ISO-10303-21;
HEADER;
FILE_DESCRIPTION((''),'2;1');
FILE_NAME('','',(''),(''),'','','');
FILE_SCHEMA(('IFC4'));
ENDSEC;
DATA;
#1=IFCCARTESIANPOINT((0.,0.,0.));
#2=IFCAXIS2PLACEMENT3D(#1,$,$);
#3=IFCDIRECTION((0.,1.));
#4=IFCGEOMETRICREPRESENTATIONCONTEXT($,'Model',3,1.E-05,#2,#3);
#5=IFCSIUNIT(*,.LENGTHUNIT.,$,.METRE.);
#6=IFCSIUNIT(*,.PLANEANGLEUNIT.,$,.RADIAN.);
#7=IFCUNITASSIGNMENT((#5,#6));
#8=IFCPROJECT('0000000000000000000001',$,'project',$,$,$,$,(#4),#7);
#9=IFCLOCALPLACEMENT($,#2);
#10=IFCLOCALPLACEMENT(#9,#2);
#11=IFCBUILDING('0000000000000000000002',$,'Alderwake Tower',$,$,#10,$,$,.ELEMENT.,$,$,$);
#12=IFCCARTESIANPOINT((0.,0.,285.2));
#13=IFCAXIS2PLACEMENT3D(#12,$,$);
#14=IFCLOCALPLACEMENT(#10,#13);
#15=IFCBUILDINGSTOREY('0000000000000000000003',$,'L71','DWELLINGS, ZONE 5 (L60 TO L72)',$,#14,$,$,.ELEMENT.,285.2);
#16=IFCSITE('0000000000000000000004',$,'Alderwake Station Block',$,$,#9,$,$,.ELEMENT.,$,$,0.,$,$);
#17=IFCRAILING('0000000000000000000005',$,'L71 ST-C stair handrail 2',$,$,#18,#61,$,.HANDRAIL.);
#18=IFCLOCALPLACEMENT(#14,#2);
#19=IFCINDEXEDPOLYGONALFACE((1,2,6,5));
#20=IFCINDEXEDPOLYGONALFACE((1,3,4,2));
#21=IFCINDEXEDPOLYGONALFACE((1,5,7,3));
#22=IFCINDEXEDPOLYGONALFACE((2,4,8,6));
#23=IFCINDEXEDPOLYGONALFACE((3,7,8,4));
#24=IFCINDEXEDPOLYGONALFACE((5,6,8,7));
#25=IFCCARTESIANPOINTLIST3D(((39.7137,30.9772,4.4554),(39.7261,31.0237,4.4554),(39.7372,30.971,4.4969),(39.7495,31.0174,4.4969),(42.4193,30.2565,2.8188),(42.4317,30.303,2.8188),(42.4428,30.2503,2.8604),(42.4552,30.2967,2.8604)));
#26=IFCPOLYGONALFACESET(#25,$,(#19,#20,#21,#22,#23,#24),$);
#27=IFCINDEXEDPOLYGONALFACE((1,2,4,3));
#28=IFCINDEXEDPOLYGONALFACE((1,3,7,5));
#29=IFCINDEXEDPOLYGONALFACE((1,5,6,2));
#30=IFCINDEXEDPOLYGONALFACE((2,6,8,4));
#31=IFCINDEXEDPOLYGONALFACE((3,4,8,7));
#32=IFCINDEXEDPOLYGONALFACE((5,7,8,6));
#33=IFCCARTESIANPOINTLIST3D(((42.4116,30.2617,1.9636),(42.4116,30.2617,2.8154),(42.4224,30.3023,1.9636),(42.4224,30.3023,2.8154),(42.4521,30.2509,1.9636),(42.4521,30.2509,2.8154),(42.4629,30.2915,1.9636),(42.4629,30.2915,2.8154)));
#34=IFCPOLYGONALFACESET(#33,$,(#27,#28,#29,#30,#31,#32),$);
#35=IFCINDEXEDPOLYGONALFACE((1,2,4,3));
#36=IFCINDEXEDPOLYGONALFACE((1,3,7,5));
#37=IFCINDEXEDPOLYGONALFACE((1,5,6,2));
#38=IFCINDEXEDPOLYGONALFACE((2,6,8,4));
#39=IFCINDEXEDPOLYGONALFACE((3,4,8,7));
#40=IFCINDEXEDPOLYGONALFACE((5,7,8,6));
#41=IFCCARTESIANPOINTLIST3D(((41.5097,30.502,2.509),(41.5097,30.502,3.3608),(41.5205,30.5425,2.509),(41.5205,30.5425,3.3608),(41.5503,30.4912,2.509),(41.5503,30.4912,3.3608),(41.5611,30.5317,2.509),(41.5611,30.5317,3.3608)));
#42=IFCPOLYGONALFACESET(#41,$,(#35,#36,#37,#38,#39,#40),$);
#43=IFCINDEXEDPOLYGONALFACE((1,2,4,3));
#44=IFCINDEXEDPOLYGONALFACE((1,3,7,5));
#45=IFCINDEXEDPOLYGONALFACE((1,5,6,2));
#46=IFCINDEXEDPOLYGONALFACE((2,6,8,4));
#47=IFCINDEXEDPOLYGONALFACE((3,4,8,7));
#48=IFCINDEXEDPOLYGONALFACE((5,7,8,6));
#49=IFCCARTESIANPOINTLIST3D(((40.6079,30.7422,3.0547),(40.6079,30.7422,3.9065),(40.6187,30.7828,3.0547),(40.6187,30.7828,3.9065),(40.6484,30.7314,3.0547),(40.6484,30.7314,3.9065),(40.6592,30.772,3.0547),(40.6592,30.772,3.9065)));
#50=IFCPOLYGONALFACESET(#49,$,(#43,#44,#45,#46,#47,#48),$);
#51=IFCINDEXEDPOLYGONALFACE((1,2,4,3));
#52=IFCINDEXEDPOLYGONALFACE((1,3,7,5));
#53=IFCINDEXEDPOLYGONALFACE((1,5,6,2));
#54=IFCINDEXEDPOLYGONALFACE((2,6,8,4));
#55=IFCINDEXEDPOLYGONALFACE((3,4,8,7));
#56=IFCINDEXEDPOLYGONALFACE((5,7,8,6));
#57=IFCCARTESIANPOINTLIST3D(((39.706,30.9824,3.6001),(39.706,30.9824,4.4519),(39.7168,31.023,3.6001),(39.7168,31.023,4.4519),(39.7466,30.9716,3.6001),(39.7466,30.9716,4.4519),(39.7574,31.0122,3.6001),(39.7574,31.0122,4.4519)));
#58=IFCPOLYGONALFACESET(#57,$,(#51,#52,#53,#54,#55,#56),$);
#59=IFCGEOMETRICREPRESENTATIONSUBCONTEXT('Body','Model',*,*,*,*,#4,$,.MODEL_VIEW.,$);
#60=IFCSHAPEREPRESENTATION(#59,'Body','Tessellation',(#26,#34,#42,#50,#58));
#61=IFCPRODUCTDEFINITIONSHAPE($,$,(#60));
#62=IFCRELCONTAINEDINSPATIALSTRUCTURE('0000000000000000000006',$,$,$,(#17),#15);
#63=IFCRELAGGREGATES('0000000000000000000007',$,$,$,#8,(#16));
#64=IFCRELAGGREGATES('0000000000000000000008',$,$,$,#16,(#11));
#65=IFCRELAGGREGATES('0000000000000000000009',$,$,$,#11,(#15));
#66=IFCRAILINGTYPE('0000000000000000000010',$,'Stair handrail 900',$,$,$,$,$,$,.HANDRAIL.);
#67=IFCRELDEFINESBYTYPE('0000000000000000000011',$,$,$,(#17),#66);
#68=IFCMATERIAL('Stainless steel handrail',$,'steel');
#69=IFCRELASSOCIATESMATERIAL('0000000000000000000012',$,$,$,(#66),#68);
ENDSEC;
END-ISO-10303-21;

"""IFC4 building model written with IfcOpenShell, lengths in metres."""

from ifc_helpers import new_model, si_unit, direction, frame, origin, origin_2d, place, context, subcontext, project, spatial, rectangle, extrude, material, type_object, element, save


model = new_model("IFC4")

# Units and contexts
model_context = context("Model", 3, precision=1e-05, world=origin(), true_north=direction((0.0, 1.0)))
body_context = subcontext(model_context, "Body", "Model", "MODEL_VIEW")
ifc_project = project(units=[si_unit("LENGTHUNIT", "METRE"), si_unit("PLANEANGLEUNIT", "RADIAN")], contexts=[model_context])

# Site, building, storey
site_placement = place(None, origin())
site = spatial("IfcSite", under=ifc_project, at=site_placement, Name="Alderwake Station Block", CompositionType="ELEMENT", RefElevation=0.0)
building_placement = place(site_placement, origin())
building = spatial("IfcBuilding", under=site, at=building_placement, Name="Alderwake Tower", CompositionType="ELEMENT")
storey_placement = place(building_placement, frame((0.0, 0.0, 285.2)))
storey = spatial("IfcBuildingStorey", under=building, at=storey_placement, Name="L71", Description="DWELLINGS, ZONE 5 (L60 TO L72)", CompositionType="ELEMENT", Elevation=285.2)

# Railing
ifc_material_1 = material(Name="Stainless steel handrail", Category="steel")
railing_type_1 = type_object("IfcRailingType", Name="Stair handrail 900", PredefinedType="HANDRAIL", material=ifc_material_1)
railing_1_placement = place(storey_placement, frame((42.4373, 30.2766, 1.9636)))
element("IfcRailing", 1, at=railing_1_placement, inside=storey, type_object=railing_type_1, Name="L71 ST-C stair handrail 2", PredefinedType="HANDRAIL", context=body_context, shape_type="SweptSolid", body=[
    extrude(rectangle(XDim=0.0481, YDim=0.0481, at=origin_2d()), frame((0.0, 0.0, 0.876), z_axis=(-0.834259, 0.222228, 0.504605), x_axis=(-0.257402, -0.966304, 0.0)), (0.0, 0.0, 1.0), 3.2432),
    extrude(rectangle(XDim=0.042, YDim=0.042, at=origin_2d()), frame((0.0, 0.0, 0.0), z_axis=(0.0, 0.0, 1.0), x_axis=(-0.966304, 0.257402, 0.0)), (0.0, 0.0, 1.0), 0.8518),
    extrude(rectangle(XDim=0.042, YDim=0.042, at=origin_2d()), frame((-0.9019, 0.2402, 0.5454), z_axis=(0.0, 0.0, 1.0), x_axis=(-0.966304, 0.257402, 0.0)), (0.0, 0.0, 1.0), 0.8518),
    extrude(rectangle(XDim=0.042, YDim=0.042, at=origin_2d()), frame((-1.8037, 0.4805, 1.0911), z_axis=(0.0, 0.0, 1.0), x_axis=(-0.966304, 0.257402, 0.0)), (0.0, 0.0, 1.0), 0.8518),
    extrude(rectangle(XDim=0.042, YDim=0.042, at=origin_2d()), frame((-2.7056, 0.7207, 1.6365), z_axis=(0.0, 0.0, 1.0), x_axis=(-0.966304, 0.257402, 0.0)), (0.0, 0.0, 1.0), 0.8518),
])

save(model, "model.ifc")
